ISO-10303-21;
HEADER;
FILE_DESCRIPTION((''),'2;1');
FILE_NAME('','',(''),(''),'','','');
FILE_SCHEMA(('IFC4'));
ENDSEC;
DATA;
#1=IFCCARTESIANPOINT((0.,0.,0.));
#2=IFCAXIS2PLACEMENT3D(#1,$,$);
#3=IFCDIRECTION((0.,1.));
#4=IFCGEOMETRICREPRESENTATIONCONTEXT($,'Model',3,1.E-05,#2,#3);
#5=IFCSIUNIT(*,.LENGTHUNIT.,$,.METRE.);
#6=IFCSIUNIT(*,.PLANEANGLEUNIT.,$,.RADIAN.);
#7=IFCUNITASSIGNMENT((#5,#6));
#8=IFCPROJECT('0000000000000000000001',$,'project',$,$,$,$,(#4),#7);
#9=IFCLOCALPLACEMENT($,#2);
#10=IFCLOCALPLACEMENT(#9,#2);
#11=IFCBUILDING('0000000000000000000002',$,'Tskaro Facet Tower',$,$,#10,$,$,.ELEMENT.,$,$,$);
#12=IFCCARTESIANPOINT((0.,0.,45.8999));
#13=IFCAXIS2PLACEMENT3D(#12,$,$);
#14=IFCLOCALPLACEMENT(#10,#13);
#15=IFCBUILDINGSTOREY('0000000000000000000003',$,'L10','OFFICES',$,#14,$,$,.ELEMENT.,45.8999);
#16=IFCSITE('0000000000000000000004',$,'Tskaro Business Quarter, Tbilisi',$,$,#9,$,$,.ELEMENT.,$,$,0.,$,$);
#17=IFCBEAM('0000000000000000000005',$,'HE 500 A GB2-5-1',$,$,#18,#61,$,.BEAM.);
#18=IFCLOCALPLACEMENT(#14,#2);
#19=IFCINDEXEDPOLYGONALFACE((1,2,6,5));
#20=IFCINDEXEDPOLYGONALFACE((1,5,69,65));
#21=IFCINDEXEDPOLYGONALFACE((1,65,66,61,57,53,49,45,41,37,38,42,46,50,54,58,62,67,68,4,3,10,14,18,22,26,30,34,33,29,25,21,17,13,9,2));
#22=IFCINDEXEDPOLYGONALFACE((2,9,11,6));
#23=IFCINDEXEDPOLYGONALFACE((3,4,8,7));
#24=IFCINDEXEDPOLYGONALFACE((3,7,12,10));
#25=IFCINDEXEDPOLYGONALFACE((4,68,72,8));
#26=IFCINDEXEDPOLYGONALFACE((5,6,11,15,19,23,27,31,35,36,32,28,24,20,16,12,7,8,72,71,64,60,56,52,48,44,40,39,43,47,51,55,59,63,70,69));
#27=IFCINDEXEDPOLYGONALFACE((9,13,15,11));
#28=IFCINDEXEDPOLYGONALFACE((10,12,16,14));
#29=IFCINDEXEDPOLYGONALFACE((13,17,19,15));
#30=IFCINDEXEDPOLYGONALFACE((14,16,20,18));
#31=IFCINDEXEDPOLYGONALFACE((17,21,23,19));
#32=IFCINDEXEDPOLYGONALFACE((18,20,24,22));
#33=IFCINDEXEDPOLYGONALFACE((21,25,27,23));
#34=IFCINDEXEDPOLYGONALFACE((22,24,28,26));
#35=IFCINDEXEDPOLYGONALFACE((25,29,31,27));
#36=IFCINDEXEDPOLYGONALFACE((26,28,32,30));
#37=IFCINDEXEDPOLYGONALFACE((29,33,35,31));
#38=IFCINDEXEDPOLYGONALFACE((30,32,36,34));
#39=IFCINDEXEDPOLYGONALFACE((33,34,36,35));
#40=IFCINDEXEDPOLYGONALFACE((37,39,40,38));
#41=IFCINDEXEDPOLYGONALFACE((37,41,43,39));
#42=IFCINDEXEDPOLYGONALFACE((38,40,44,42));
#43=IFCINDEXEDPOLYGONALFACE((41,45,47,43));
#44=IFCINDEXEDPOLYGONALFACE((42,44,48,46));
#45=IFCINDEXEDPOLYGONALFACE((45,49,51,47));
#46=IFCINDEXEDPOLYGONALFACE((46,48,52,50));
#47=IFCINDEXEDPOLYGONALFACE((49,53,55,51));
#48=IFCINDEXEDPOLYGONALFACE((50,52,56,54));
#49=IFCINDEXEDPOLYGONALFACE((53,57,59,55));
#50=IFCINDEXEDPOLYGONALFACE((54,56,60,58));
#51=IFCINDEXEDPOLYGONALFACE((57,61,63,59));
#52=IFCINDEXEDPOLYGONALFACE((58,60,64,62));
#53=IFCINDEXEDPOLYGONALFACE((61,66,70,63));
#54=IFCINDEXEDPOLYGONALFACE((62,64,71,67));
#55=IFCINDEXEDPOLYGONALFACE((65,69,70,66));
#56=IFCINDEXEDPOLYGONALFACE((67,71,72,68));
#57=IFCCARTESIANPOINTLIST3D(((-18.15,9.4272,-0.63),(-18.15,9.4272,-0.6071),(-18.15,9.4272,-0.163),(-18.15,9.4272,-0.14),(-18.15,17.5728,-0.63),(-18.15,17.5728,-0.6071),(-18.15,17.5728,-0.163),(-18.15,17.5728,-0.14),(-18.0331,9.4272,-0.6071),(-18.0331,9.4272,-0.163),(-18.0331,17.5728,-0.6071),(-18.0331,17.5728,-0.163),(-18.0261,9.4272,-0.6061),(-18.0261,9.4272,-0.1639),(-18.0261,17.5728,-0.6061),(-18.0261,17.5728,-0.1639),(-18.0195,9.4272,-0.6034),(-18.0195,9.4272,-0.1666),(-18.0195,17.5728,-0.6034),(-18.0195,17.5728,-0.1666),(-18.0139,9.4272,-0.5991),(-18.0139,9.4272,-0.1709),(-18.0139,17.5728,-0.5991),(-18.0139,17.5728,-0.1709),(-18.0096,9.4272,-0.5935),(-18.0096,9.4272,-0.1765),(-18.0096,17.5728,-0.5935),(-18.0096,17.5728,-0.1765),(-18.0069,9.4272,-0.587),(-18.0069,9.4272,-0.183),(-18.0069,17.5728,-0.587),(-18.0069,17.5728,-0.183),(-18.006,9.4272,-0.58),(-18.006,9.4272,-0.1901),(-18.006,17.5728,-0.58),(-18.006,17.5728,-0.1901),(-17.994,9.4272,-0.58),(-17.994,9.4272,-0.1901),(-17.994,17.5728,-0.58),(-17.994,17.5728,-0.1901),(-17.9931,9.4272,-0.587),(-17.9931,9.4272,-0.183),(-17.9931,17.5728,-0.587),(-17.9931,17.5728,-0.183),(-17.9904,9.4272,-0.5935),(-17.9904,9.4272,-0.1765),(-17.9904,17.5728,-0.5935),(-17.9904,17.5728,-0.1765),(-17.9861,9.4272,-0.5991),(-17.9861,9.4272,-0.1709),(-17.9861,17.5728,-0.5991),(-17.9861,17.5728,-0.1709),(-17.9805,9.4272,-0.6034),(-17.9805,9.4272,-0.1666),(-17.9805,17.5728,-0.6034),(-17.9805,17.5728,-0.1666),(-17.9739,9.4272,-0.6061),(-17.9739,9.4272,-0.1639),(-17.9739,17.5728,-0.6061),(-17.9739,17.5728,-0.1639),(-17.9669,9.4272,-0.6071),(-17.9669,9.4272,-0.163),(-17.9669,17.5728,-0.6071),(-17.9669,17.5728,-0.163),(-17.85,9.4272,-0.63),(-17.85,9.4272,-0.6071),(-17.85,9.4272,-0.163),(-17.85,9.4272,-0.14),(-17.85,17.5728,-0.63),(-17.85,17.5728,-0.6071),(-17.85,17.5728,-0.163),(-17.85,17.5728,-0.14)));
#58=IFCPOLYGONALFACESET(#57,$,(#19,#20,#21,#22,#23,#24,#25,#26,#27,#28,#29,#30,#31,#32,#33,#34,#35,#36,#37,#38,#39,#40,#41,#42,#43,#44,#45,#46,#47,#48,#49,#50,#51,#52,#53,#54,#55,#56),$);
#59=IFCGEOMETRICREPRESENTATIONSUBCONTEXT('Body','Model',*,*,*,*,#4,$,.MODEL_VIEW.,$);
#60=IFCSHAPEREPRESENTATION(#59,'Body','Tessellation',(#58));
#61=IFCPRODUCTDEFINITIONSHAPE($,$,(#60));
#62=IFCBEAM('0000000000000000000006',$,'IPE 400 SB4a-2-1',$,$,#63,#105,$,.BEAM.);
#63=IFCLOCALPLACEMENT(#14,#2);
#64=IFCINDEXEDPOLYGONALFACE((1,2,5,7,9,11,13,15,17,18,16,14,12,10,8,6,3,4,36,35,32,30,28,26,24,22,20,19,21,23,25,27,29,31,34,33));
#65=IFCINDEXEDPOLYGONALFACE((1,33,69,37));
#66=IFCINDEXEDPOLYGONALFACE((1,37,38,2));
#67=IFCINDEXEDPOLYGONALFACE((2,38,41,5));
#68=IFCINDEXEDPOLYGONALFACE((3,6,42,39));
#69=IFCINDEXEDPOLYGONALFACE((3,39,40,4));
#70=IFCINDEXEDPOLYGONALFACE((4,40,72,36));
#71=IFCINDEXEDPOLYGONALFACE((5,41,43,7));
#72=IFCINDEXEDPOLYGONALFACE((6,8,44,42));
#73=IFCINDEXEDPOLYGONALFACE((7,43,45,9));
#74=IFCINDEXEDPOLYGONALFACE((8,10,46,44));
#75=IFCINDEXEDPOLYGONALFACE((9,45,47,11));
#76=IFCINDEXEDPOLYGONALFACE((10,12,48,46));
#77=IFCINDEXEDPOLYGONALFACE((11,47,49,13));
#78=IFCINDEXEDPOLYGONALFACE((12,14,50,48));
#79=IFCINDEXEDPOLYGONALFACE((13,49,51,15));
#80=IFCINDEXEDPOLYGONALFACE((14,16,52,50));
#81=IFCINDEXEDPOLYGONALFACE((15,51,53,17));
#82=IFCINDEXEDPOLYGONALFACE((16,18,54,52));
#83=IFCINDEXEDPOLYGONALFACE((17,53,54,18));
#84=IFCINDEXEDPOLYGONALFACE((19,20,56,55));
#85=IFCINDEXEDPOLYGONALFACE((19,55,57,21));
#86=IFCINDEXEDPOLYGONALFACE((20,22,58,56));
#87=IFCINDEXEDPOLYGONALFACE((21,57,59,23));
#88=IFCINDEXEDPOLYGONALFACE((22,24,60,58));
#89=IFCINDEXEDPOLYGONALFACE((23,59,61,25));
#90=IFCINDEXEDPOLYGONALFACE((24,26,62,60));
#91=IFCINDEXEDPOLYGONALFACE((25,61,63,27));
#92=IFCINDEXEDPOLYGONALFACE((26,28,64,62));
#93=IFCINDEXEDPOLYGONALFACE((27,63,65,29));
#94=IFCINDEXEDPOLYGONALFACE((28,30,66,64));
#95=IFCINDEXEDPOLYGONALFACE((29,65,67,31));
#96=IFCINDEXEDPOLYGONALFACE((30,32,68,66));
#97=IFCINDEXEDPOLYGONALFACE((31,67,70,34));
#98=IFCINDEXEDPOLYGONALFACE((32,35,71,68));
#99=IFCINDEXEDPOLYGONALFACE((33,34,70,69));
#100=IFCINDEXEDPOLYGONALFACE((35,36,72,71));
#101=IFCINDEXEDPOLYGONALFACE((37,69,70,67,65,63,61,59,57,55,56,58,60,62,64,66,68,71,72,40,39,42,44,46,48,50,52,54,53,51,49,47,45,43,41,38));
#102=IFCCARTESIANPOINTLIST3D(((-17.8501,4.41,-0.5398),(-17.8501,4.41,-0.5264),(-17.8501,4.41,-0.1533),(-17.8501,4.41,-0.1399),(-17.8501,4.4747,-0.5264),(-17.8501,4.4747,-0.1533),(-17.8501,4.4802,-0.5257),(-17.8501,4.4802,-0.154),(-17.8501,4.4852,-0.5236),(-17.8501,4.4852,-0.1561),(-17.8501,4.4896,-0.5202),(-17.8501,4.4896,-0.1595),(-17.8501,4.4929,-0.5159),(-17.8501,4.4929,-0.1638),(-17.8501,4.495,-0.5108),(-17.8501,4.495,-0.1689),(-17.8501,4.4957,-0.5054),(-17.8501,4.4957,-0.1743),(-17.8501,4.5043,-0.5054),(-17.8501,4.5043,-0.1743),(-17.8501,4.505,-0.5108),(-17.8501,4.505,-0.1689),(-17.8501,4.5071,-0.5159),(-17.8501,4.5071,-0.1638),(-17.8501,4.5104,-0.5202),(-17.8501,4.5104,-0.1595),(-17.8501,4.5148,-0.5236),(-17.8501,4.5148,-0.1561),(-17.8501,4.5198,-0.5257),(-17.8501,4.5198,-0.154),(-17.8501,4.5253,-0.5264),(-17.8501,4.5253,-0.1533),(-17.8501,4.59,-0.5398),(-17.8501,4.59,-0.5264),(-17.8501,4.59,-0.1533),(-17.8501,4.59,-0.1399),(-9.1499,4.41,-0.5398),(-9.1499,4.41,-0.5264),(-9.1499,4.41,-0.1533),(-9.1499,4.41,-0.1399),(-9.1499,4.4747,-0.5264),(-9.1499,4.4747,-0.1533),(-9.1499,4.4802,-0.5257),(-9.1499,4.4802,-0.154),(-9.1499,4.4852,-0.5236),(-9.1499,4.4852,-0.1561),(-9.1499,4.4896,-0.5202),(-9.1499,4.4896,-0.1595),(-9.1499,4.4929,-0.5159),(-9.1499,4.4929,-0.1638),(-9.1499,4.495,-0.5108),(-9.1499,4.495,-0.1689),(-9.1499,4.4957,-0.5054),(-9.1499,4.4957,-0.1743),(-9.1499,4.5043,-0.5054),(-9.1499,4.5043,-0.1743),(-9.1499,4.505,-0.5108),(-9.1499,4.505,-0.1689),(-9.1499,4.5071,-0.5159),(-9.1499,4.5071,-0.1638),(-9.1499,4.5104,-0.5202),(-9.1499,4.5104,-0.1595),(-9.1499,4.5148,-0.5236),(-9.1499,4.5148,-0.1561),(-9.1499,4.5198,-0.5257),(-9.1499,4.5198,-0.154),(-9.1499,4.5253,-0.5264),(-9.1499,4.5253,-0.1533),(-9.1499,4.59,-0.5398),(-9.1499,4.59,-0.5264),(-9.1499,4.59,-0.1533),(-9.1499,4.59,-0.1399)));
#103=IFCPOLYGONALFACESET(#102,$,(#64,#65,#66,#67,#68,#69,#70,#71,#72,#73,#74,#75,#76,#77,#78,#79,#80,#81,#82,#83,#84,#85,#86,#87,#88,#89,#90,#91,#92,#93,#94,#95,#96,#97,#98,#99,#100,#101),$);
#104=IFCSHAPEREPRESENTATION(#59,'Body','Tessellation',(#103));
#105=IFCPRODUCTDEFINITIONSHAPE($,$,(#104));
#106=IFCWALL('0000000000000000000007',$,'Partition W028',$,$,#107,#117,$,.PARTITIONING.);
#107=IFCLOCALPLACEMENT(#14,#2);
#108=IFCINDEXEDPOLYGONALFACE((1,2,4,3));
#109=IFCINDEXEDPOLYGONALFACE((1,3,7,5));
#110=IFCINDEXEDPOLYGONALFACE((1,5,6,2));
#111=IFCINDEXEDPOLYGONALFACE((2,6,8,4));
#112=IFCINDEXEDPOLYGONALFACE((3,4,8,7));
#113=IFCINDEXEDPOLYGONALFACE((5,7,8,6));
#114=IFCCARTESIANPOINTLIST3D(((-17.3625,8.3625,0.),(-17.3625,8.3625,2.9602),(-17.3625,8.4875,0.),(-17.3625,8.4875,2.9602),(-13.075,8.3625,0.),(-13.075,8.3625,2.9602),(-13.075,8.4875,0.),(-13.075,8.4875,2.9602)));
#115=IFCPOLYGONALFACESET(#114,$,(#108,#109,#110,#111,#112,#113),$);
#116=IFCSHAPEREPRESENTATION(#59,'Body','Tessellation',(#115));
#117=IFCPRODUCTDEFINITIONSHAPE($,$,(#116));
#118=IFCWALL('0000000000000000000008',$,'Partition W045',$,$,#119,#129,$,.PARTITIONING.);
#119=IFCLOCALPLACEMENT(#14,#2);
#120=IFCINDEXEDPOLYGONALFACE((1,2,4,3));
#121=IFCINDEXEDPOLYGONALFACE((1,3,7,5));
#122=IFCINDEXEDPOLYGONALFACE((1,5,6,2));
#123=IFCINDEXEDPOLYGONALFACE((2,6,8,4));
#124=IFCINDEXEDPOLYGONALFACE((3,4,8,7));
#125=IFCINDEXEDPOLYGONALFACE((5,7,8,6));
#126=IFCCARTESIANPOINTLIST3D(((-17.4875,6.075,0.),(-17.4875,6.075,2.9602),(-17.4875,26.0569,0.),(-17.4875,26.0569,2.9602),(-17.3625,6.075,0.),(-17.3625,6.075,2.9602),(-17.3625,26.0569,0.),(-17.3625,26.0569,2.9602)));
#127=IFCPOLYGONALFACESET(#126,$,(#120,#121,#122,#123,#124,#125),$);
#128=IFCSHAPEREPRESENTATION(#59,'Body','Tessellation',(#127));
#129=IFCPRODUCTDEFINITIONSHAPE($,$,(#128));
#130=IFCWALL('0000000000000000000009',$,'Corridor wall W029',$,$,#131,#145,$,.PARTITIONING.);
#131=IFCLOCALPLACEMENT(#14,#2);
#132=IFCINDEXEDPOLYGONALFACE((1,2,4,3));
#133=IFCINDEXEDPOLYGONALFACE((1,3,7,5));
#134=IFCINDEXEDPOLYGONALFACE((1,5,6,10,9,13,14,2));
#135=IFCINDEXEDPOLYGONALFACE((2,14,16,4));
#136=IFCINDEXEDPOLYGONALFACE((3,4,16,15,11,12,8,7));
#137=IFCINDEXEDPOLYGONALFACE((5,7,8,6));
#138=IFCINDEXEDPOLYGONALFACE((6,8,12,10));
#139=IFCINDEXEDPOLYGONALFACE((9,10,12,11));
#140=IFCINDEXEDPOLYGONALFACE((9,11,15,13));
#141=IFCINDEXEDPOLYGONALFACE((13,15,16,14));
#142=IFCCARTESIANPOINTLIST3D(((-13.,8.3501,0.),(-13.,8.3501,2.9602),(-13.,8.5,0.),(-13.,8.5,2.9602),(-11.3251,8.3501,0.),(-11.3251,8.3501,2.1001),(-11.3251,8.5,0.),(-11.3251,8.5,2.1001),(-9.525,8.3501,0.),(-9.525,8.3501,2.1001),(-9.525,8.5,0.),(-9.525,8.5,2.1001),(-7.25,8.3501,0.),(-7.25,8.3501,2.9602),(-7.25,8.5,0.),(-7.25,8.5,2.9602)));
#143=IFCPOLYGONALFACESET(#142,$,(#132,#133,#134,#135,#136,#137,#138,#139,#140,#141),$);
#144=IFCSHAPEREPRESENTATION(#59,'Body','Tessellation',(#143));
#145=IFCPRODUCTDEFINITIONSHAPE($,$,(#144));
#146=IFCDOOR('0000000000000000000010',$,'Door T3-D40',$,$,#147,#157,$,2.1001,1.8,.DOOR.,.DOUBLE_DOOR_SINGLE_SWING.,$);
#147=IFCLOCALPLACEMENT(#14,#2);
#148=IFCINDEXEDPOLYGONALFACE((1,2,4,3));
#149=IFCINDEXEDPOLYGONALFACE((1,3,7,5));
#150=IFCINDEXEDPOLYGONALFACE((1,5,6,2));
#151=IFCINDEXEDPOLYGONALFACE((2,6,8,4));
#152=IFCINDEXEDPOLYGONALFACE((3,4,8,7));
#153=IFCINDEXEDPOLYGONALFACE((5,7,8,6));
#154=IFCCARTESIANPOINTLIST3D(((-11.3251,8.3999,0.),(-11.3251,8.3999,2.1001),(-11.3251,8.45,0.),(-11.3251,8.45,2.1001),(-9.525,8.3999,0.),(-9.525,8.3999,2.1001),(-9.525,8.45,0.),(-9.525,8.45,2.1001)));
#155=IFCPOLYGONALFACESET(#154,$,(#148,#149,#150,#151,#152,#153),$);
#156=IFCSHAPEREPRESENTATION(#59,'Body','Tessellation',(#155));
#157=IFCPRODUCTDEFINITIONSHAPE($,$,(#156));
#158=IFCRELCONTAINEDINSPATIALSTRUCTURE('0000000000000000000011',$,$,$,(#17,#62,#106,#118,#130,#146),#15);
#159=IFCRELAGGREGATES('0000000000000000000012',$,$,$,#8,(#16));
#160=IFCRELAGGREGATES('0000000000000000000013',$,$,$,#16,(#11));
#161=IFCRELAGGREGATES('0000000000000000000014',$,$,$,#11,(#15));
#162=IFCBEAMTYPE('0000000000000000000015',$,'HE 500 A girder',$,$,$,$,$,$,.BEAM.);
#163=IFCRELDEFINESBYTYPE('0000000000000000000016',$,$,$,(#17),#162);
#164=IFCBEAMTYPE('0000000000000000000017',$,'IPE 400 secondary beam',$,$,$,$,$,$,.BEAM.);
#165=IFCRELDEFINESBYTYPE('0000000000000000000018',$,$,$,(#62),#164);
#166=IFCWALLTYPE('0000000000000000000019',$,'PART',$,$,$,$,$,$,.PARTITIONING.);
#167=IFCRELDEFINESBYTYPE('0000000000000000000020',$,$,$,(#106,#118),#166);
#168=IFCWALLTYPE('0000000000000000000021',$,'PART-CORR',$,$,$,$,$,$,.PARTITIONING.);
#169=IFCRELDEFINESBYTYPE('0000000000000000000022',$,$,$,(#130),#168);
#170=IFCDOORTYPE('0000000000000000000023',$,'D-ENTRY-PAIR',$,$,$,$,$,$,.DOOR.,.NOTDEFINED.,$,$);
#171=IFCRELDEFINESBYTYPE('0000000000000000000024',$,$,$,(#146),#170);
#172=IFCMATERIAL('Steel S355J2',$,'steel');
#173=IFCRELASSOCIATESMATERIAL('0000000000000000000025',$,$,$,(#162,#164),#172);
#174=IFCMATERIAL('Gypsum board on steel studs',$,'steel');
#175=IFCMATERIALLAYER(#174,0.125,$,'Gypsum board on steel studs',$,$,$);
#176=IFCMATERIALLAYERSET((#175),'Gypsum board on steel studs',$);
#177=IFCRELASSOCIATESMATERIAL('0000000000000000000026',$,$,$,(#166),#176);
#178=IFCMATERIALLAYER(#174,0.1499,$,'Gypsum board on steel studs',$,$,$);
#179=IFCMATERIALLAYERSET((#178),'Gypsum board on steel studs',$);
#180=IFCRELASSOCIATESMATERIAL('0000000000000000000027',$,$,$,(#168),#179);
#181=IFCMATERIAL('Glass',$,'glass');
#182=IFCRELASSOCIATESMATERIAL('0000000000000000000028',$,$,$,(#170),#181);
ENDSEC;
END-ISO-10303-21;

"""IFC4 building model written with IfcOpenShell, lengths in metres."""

from ifc_helpers import new_model, si_unit, direction, frame, frame_2d, origin, origin_2d, place, context, subcontext, project, spatial, rectangle, i_section, extrude, material, layer, layer_set, material_profile, profile_set, type_object, element, fill, save


model = new_model("IFC4")

# Units and contexts
model_context = context("Model", 3, precision=1e-05, world=origin(), true_north=direction((0.0, 1.0)))
body_context = subcontext(model_context, "Body", "Model", "MODEL_VIEW")
ifc_project = project(units=[si_unit("LENGTHUNIT", "METRE"), si_unit("PLANEANGLEUNIT", "RADIAN")], contexts=[model_context])

# Site, building, storey
site_placement = place(None, origin())
site = spatial("IfcSite", under=ifc_project, at=site_placement, Name="Tskaro Business Quarter, Tbilisi", CompositionType="ELEMENT", RefElevation=0.0)
building_placement = place(site_placement, origin())
building = spatial("IfcBuilding", under=site, at=building_placement, Name="Tskaro Facet Tower", CompositionType="ELEMENT")
storey_placement = place(building_placement, frame((0.0, 0.0, 45.8999)))
storey = spatial("IfcBuildingStorey", under=building, at=storey_placement, Name="L10", Description="OFFICES", CompositionType="ELEMENT", Elevation=45.8999)

# Beams
ifc_material_1 = material(Name="Steel S355J2", Category="steel")
ifc_material_profile_1 = material_profile(ifc_material_1, i_section(OverallWidth=0.3, OverallDepth=0.49, WebThickness=0.012, FlangeThickness=0.0229, FilletRadius=0.0271, at=origin_2d()), Name="HE 500 A")
ifc_profile_set_1 = profile_set([ifc_material_profile_1], Name="Steel S355J2")
beam_type_1 = type_object("IfcBeamType", Name="HE 500 A girder", PredefinedType="BEAM", material=ifc_profile_set_1)
beam_1_placement = place(storey_placement, frame((-18.0, 9.4272, -0.385), z_axis=(0.0, 1.0, 0.0), x_axis=(-1.0, 0.0, 0.0)))
element("IfcBeam", 1, at=beam_1_placement, inside=storey, type_object=beam_type_1, Name="HE 500 A GB2-5-1", PredefinedType="BEAM", context=body_context, shape_type="SweptSolid", body=[
    extrude(i_section(OverallWidth=0.3, OverallDepth=0.49, WebThickness=0.012, FlangeThickness=0.0229, FilletRadius=0.0271, at=origin_2d()), origin(), (0.0, 0.0, 1.0), 8.1455),
])
ifc_material_profile_2 = material_profile(ifc_material_1, i_section(OverallWidth=0.1799, OverallDepth=0.3999, WebThickness=0.0085, FlangeThickness=0.0134, FilletRadius=0.021, at=origin_2d()), Name="IPE 400")
ifc_profile_set_2 = profile_set([ifc_material_profile_2], Name="Steel S355J2")
beam_type_2 = type_object("IfcBeamType", Name="IPE 400 secondary beam", PredefinedType="BEAM", material=ifc_profile_set_2)
beam_2_placement = place(storey_placement, frame((-17.8501, 4.5, -0.3398), z_axis=(1.0, 0.0, 0.0), x_axis=(0.0, 1.0, 0.0)))
element("IfcBeam", 2, at=beam_2_placement, inside=storey, type_object=beam_type_2, Name="IPE 400 SB4a-2-1", PredefinedType="BEAM", context=body_context, shape_type="SweptSolid", body=[
    extrude(i_section(OverallWidth=0.1799, OverallDepth=0.3999, WebThickness=0.0085, FlangeThickness=0.0134, FilletRadius=0.021, at=origin_2d()), origin(), (0.0, 0.0, 1.0), 8.7002),
])

# Walls
ifc_material_2 = material(Name="Gypsum board on steel studs", Category="steel")
ifc_layer_1 = layer(ifc_material_2, 0.125, Name="Gypsum board on steel studs")
ifc_layer_set_1 = layer_set([ifc_layer_1], Name="Gypsum board on steel studs")
wall_type_1 = type_object("IfcWallType", Name="PART", PredefinedType="PARTITIONING", material=ifc_layer_set_1)
wall_1_placement = place(storey_placement, frame((-17.3625, 8.425, 0.0), z_axis=(0.0, 0.0, 1.0), x_axis=(1.0, 0.0, 0.0)))
element("IfcWall", 3, at=wall_1_placement, inside=storey, type_object=wall_type_1, Name="Partition W028", PredefinedType="PARTITIONING", context=body_context, shape_type="SweptSolid", body=[
    extrude(rectangle(XDim=4.2876, YDim=0.125, at=frame_2d((2.1438, 0.0))), origin(), (0.0, 0.0, 1.0), 2.9602),
])
wall_2_placement = place(storey_placement, frame((-17.425, 6.075, 0.0), z_axis=(0.0, 0.0, 1.0), x_axis=(0.0, 1.0, 0.0)))
element("IfcWall", 4, at=wall_2_placement, inside=storey, type_object=wall_type_1, Name="Partition W045", PredefinedType="PARTITIONING", context=body_context, shape_type="SweptSolid", body=[
    extrude(rectangle(XDim=19.9819, YDim=0.125, at=frame_2d((9.991, 0.0))), origin(), (0.0, 0.0, 1.0), 2.9602),
])

# Wall, opening, door
ifc_layer_2 = layer(ifc_material_2, 0.1499, Name="Gypsum board on steel studs")
ifc_layer_set_2 = layer_set([ifc_layer_2], Name="Gypsum board on steel studs")
wall_type_2 = type_object("IfcWallType", Name="PART-CORR", PredefinedType="PARTITIONING", material=ifc_layer_set_2)
wall_3_placement = place(storey_placement, frame((-13.0, 8.425, 0.0), z_axis=(0.0, 0.0, 1.0), x_axis=(1.0, 0.0, 0.0)))
wall_3 = element("IfcWall", 5, at=wall_3_placement, inside=storey, type_object=wall_type_2, Name="Corridor wall W029", PredefinedType="PARTITIONING", context=body_context, shape_type="SweptSolid", body=[
    extrude(rectangle(XDim=5.75, YDim=0.1499, at=frame_2d((2.875, 0.0))), origin(), (0.0, 0.0, 1.0), 2.9602),
])
opening_1_placement = place(wall_3_placement, frame((1.675, 0.0, 0.0)))
opening_1 = element("IfcOpeningElement", 6, at=opening_1_placement, cuts=wall_3, PredefinedType="OPENING", context=body_context, shape_type="SweptSolid", body=[
    extrude(rectangle(XDim=1.8, YDim=2.1001, at=frame_2d((0.8999, 1.05))), frame((0.0, 0.085, 0.0), z_axis=(0.0, -1.0, 0.0), x_axis=(1.0, 0.0, 0.0)), (0.0, 0.0, 1.0), 0.1699),
])
ifc_material_3 = material(Name="Glass", Category="glass")
door_type = type_object("IfcDoorType", Name="D-ENTRY-PAIR", OperationType="NOTDEFINED", PredefinedType="DOOR", material=ifc_material_3)
door_1_placement = place(opening_1_placement, origin())
door_1 = element("IfcDoor", 7, at=door_1_placement, inside=storey, type_object=door_type, Name="Door T3-D40", OperationType="DOUBLE_DOOR_SINGLE_SWING", OverallHeight=2.1001, OverallWidth=1.8, PredefinedType="DOOR", context=body_context, shape_type="SweptSolid", body=[
    extrude(rectangle(XDim=1.8, YDim=2.1001, at=frame_2d((0.8999, 1.05))), frame((0.0, 0.0249, 0.0), z_axis=(0.0, -1.0, 0.0), x_axis=(1.0, 0.0, 0.0)), (0.0, 0.0, 1.0), 0.05),
])
fill(opening_1, door_1)

save(model, "model.ifc")
